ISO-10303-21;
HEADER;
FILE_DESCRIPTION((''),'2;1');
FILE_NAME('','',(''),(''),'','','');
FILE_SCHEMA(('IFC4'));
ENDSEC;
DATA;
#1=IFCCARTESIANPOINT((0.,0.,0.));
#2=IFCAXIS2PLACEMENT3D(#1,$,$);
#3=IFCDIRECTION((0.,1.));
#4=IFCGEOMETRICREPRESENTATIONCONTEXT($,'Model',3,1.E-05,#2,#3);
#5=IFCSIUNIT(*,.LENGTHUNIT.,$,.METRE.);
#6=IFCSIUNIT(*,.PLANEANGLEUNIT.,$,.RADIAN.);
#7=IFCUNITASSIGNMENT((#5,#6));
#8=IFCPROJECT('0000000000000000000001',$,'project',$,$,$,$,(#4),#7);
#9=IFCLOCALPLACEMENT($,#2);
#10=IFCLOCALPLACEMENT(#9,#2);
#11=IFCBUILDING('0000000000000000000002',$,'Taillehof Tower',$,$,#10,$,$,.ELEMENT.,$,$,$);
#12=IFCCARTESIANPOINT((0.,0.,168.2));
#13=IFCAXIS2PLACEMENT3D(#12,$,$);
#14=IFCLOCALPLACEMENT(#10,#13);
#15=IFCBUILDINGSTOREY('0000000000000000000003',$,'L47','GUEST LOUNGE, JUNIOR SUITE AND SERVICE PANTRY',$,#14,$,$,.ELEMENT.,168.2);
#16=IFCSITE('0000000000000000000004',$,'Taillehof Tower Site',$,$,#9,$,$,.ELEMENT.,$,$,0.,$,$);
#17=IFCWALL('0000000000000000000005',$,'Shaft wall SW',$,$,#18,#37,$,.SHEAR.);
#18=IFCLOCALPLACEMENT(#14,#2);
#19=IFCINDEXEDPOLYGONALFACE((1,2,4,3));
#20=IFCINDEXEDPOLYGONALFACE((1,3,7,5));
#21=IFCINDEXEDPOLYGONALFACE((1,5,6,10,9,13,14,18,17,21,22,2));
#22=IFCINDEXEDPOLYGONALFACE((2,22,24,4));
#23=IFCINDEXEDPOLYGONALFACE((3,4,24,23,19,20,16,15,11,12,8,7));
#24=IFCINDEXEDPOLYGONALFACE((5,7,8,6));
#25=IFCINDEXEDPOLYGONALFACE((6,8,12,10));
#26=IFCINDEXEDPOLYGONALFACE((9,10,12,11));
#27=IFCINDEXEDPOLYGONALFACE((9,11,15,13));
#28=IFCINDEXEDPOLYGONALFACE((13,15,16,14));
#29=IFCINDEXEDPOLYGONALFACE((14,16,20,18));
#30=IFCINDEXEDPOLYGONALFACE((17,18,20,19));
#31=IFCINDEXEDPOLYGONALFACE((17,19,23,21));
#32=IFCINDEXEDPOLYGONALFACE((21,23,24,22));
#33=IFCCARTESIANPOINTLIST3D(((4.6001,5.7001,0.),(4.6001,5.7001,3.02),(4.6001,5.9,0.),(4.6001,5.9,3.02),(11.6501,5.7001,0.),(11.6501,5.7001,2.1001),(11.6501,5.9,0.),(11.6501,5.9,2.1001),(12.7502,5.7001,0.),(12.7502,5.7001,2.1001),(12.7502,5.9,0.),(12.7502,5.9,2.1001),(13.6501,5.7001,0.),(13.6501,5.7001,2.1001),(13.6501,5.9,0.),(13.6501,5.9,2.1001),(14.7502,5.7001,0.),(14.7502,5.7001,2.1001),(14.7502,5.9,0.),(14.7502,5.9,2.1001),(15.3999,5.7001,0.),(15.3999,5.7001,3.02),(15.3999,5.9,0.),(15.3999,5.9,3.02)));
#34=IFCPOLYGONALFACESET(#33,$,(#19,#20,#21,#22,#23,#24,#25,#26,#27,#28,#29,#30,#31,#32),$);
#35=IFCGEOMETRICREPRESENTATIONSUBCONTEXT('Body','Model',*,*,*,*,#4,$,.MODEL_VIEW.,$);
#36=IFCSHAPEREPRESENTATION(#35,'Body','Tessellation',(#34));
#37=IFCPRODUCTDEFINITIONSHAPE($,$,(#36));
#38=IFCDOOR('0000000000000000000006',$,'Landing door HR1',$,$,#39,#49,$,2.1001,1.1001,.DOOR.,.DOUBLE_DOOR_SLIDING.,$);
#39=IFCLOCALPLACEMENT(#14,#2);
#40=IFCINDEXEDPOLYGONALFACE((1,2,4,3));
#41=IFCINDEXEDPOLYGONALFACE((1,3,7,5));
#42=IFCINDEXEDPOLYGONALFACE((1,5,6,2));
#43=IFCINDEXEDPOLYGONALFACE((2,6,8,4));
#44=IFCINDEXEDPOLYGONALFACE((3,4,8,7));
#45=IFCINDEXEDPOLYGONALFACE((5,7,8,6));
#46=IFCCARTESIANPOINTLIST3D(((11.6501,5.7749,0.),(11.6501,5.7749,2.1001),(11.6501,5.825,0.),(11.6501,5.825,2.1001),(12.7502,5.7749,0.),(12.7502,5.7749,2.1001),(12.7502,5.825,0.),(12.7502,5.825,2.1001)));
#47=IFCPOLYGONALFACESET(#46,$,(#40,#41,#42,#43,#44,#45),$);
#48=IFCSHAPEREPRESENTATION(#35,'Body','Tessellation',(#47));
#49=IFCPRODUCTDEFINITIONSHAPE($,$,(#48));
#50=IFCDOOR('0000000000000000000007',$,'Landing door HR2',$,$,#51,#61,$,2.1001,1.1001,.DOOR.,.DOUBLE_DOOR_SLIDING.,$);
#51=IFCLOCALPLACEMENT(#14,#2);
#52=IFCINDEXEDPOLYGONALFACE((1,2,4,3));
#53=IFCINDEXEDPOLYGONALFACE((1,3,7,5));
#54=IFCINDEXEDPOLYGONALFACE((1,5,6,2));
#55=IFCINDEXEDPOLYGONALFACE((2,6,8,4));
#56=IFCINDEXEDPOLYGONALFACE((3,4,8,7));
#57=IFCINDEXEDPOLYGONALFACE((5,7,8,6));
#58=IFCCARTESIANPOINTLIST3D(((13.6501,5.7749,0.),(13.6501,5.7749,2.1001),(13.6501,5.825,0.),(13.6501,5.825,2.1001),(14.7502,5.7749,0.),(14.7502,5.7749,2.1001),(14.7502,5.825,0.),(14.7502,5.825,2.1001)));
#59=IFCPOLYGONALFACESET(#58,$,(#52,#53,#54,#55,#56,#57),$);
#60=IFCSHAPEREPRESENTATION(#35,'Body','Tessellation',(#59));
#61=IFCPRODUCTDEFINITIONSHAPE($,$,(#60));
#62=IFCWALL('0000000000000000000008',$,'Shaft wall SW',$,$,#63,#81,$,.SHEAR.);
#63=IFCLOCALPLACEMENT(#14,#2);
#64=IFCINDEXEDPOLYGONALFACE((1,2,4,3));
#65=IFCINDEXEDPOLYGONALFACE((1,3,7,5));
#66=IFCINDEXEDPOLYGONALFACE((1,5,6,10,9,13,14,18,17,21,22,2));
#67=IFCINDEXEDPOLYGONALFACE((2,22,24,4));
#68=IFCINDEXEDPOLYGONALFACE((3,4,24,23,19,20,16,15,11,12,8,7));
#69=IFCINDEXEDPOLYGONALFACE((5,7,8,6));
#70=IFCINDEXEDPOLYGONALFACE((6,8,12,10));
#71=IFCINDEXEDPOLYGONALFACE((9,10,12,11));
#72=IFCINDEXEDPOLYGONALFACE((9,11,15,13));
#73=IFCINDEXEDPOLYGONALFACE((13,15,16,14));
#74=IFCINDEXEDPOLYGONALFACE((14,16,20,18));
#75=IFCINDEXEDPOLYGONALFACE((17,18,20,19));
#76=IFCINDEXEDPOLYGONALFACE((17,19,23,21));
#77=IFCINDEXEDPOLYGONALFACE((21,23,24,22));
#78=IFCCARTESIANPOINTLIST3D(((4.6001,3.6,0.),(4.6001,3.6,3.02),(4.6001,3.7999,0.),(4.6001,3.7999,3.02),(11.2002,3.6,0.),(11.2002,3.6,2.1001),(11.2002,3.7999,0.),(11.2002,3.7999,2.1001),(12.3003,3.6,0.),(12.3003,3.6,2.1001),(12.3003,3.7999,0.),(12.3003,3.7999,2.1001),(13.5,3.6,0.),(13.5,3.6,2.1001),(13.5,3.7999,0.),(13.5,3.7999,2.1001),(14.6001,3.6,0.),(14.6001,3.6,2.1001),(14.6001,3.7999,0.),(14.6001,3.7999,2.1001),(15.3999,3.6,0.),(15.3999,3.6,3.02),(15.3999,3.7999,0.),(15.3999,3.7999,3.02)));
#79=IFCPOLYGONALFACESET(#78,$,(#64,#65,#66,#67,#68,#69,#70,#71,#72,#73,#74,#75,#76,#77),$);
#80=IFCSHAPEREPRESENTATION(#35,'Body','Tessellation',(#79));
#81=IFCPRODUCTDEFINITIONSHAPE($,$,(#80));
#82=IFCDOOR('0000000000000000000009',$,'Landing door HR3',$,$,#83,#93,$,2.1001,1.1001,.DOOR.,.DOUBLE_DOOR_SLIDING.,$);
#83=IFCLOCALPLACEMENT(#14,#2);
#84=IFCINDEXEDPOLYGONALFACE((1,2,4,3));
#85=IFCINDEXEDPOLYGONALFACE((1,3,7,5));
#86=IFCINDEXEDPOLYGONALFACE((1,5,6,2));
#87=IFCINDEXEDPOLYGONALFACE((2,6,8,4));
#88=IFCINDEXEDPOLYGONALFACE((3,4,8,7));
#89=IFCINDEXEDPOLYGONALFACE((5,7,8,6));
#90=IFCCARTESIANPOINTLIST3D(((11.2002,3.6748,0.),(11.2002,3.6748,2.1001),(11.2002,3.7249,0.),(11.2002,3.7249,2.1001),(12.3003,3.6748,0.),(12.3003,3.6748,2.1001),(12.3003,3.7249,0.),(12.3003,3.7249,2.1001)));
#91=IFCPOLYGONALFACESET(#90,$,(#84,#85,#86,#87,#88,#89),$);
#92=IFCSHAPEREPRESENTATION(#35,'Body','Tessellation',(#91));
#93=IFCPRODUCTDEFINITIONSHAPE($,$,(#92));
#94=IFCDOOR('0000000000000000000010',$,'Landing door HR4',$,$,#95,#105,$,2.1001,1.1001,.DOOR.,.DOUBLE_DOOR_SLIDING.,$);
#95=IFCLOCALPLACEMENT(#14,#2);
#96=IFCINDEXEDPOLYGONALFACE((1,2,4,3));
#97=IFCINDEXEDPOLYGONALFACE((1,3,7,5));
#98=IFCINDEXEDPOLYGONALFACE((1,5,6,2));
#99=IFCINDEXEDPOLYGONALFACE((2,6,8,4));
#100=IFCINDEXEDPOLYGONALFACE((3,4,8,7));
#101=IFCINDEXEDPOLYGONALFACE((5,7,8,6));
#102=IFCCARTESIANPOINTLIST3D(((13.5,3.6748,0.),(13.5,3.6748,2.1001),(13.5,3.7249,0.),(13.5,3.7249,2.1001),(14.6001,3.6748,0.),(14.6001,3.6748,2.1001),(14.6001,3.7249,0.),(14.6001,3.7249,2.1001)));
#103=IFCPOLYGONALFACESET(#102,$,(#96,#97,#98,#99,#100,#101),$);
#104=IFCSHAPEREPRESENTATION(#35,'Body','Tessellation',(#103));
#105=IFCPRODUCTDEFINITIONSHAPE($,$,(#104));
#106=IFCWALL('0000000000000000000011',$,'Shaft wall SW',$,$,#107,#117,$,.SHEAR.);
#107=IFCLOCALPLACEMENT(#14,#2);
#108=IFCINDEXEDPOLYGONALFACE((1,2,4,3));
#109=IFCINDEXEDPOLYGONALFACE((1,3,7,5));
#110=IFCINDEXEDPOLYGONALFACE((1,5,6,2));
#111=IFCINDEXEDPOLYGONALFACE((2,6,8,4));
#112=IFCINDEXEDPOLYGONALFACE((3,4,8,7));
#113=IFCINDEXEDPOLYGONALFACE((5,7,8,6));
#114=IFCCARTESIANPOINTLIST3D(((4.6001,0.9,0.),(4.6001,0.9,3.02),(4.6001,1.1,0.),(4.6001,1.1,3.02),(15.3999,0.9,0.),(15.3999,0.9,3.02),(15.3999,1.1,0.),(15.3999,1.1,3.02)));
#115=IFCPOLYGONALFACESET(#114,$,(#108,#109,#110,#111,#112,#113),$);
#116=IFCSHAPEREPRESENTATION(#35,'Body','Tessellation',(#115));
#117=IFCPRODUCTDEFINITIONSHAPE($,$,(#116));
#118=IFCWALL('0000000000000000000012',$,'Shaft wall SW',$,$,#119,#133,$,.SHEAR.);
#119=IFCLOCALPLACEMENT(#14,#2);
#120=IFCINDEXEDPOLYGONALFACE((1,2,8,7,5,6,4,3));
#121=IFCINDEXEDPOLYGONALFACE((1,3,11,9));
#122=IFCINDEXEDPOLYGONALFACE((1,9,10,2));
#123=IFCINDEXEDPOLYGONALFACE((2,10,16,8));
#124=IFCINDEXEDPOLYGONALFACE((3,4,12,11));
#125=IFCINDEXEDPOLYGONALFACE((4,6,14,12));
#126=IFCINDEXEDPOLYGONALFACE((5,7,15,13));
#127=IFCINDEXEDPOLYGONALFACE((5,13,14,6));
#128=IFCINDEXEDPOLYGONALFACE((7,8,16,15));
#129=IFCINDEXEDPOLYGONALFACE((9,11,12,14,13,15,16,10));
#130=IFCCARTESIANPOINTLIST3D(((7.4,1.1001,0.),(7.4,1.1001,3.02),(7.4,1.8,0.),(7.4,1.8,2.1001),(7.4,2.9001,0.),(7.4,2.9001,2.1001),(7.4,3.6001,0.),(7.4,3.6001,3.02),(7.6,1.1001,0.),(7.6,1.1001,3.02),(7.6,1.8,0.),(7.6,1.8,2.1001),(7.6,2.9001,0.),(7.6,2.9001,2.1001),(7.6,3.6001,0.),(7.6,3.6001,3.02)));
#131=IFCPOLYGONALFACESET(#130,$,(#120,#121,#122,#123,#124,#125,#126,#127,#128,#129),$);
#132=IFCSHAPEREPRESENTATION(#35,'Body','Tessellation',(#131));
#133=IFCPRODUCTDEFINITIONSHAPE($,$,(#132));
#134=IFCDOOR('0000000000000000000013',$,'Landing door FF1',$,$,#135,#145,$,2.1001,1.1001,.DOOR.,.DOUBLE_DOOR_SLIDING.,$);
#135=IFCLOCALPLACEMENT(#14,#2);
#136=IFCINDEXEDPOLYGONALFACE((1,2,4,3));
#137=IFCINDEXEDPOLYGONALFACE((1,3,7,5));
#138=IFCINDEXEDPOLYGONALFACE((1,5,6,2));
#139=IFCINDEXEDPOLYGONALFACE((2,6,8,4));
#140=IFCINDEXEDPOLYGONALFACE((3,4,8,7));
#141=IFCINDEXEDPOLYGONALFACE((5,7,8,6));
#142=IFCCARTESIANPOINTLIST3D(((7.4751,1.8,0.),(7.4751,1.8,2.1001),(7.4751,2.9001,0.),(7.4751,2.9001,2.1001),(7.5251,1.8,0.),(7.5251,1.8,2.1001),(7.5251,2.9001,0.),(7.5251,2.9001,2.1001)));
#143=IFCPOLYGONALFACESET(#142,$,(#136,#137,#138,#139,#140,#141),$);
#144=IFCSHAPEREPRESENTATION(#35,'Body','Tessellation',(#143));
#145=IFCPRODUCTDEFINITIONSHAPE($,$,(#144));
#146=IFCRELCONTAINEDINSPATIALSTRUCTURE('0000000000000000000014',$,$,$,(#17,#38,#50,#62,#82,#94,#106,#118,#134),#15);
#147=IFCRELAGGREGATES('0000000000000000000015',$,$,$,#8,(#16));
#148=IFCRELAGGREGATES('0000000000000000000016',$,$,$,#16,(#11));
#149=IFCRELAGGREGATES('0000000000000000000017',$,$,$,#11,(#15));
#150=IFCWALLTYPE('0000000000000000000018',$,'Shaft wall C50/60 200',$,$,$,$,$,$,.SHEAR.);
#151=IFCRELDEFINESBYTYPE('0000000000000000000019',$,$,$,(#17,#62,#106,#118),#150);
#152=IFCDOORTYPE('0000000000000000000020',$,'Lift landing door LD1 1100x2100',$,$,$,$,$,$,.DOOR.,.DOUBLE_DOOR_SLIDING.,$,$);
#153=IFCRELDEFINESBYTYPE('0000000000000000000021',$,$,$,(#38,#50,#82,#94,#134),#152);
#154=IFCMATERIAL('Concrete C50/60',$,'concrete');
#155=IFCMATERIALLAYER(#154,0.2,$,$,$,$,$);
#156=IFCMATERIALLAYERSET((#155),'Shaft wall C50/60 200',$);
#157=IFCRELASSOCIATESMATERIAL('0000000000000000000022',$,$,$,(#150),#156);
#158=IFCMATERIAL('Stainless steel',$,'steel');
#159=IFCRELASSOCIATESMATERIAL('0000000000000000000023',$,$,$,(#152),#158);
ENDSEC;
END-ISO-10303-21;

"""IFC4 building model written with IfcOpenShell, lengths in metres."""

from ifc_helpers import new_model, si_unit, direction, frame, frame_2d, origin, place, context, subcontext, project, spatial, rectangle, extrude, material, layer, layer_set, type_object, element, fill, save


model = new_model("IFC4")

# Units and contexts
model_context = context("Model", 3, precision=1e-05, world=origin(), true_north=direction((0.0, 1.0)))
body_context = subcontext(model_context, "Body", "Model", "MODEL_VIEW")
ifc_project = project(units=[si_unit("LENGTHUNIT", "METRE"), si_unit("PLANEANGLEUNIT", "RADIAN")], contexts=[model_context])

# Site, building, storey
site_placement = place(None, origin())
site = spatial("IfcSite", under=ifc_project, at=site_placement, Name="Taillehof Tower Site", CompositionType="ELEMENT", RefElevation=0.0)
building_placement = place(site_placement, origin())
building = spatial("IfcBuilding", under=site, at=building_placement, Name="Taillehof Tower", CompositionType="ELEMENT")
storey_placement = place(building_placement, frame((0.0, 0.0, 168.2)))
storey = spatial("IfcBuildingStorey", under=building, at=storey_placement, Name="L47", Description="GUEST LOUNGE, JUNIOR SUITE AND SERVICE PANTRY", CompositionType="ELEMENT", Elevation=168.2)

# Walls, openings, doors
ifc_material_1 = material(Name="Concrete C50/60", Category="concrete")
ifc_layer_1 = layer(ifc_material_1, 0.2)
ifc_layer_set_1 = layer_set([ifc_layer_1], Name="Shaft wall C50/60 200")
wall_type_1 = type_object("IfcWallType", Name="Shaft wall C50/60 200", PredefinedType="SHEAR", material=ifc_layer_set_1)
wall_1_placement = place(storey_placement, frame((4.6001, 5.8, 0.0), z_axis=(0.0, 0.0, 1.0), x_axis=(1.0, 0.0, 0.0)))
wall_1 = element("IfcWall", 1, at=wall_1_placement, inside=storey, type_object=wall_type_1, Name="Shaft wall SW", PredefinedType="SHEAR", context=body_context, shape_type="SweptSolid", body=[
    extrude(rectangle(XDim=10.7998, YDim=0.2, at=frame_2d((5.3999, 0.0))), origin(), (0.0, 0.0, 1.0), 3.02),
])
opening_1_placement = place(wall_1_placement, frame((7.05, 0.0, 0.0)))
opening_1 = element("IfcOpeningElement", 2, at=opening_1_placement, cuts=wall_1, PredefinedType="OPENING", context=body_context, shape_type="SweptSolid", body=[
    extrude(rectangle(XDim=1.1001, YDim=2.1001, at=frame_2d((0.55, 1.05))), frame((0.0, 0.1099, 0.0), z_axis=(0.0, -1.0, 0.0), x_axis=(1.0, 0.0, 0.0)), (0.0, 0.0, 1.0), 0.22),
])
opening_2_placement = place(wall_1_placement, frame((9.05, 0.0, 0.0)))
opening_2 = element("IfcOpeningElement", 3, at=opening_2_placement, cuts=wall_1, PredefinedType="OPENING", context=body_context, shape_type="SweptSolid", body=[
    extrude(rectangle(XDim=1.1001, YDim=2.1001, at=frame_2d((0.55, 1.05))), frame((0.0, 0.1099, 0.0), z_axis=(0.0, -1.0, 0.0), x_axis=(1.0, 0.0, 0.0)), (0.0, 0.0, 1.0), 0.22),
])
ifc_material_2 = material(Name="Stainless steel", Category="steel")
door_type_1 = type_object("IfcDoorType", Name="Lift landing door LD1 1100x2100", OperationType="DOUBLE_DOOR_SLIDING", PredefinedType="DOOR", material=ifc_material_2)
door_1_placement = place(opening_1_placement, origin())
door_1 = element("IfcDoor", 4, at=door_1_placement, inside=storey, type_object=door_type_1, Name="Landing door HR1", OperationType="DOUBLE_DOOR_SLIDING", OverallHeight=2.1001, OverallWidth=1.1001, PredefinedType="DOOR", context=body_context, shape_type="SweptSolid", body=[
    extrude(rectangle(XDim=1.1001, YDim=2.1001, at=frame_2d((0.55, 1.05))), frame((0.0, 0.0249, 0.0), z_axis=(0.0, -1.0, 0.0), x_axis=(1.0, 0.0, 0.0)), (0.0, 0.0, 1.0), 0.05),
])
fill(opening_1, door_1)
door_2_placement = place(opening_2_placement, origin())
door_2 = element("IfcDoor", 5, at=door_2_placement, inside=storey, type_object=door_type_1, Name="Landing door HR2", OperationType="DOUBLE_DOOR_SLIDING", OverallHeight=2.1001, OverallWidth=1.1001, PredefinedType="DOOR", context=body_context, shape_type="SweptSolid", body=[
    extrude(rectangle(XDim=1.1001, YDim=2.1001, at=frame_2d((0.55, 1.05))), frame((0.0, 0.0249, 0.0), z_axis=(0.0, -1.0, 0.0), x_axis=(1.0, 0.0, 0.0)), (0.0, 0.0, 1.0), 0.05),
])
fill(opening_2, door_2)
wall_2_placement = place(storey_placement, frame((4.6001, 3.7, 0.0), z_axis=(0.0, 0.0, 1.0), x_axis=(1.0, 0.0, 0.0)))
wall_2 = element("IfcWall", 6, at=wall_2_placement, inside=storey, type_object=wall_type_1, Name="Shaft wall SW", PredefinedType="SHEAR", context=body_context, shape_type="SweptSolid", body=[
    extrude(rectangle(XDim=10.7998, YDim=0.2, at=frame_2d((5.3999, 0.0))), origin(), (0.0, 0.0, 1.0), 3.02),
])
opening_3_placement = place(wall_2_placement, frame((6.6001, 0.0, 0.0)))
opening_3 = element("IfcOpeningElement", 7, at=opening_3_placement, cuts=wall_2, PredefinedType="OPENING", context=body_context, shape_type="SweptSolid", body=[
    extrude(rectangle(XDim=1.1001, YDim=2.1001, at=frame_2d((0.55, 1.05))), frame((0.0, 0.1099, 0.0), z_axis=(0.0, -1.0, 0.0), x_axis=(1.0, 0.0, 0.0)), (0.0, 0.0, 1.0), 0.22),
])
opening_4_placement = place(wall_2_placement, frame((8.8999, 0.0, 0.0)))
opening_4 = element("IfcOpeningElement", 8, at=opening_4_placement, cuts=wall_2, PredefinedType="OPENING", context=body_context, shape_type="SweptSolid", body=[
    extrude(rectangle(XDim=1.1001, YDim=2.1001, at=frame_2d((0.55, 1.05))), frame((0.0, 0.1099, 0.0), z_axis=(0.0, -1.0, 0.0), x_axis=(1.0, 0.0, 0.0)), (0.0, 0.0, 1.0), 0.22),
])
door_3_placement = place(opening_3_placement, origin())
door_3 = element("IfcDoor", 9, at=door_3_placement, inside=storey, type_object=door_type_1, Name="Landing door HR3", OperationType="DOUBLE_DOOR_SLIDING", OverallHeight=2.1001, OverallWidth=1.1001, PredefinedType="DOOR", context=body_context, shape_type="SweptSolid", body=[
    extrude(rectangle(XDim=1.1001, YDim=2.1001, at=frame_2d((0.55, 1.05))), frame((0.0, 0.0249, 0.0), z_axis=(0.0, -1.0, 0.0), x_axis=(1.0, 0.0, 0.0)), (0.0, 0.0, 1.0), 0.05),
])
fill(opening_3, door_3)
door_4_placement = place(opening_4_placement, origin())
door_4 = element("IfcDoor", 10, at=door_4_placement, inside=storey, type_object=door_type_1, Name="Landing door HR4", OperationType="DOUBLE_DOOR_SLIDING", OverallHeight=2.1001, OverallWidth=1.1001, PredefinedType="DOOR", context=body_context, shape_type="SweptSolid", body=[
    extrude(rectangle(XDim=1.1001, YDim=2.1001, at=frame_2d((0.55, 1.05))), frame((0.0, 0.0249, 0.0), z_axis=(0.0, -1.0, 0.0), x_axis=(1.0, 0.0, 0.0)), (0.0, 0.0, 1.0), 0.05),
])
fill(opening_4, door_4)

# Wall
wall_3_placement = place(storey_placement, frame((4.6001, 1.0, 0.0), z_axis=(0.0, 0.0, 1.0), x_axis=(1.0, 0.0, 0.0)))
element("IfcWall", 11, at=wall_3_placement, inside=storey, type_object=wall_type_1, Name="Shaft wall SW", PredefinedType="SHEAR", context=body_context, shape_type="SweptSolid", body=[
    extrude(rectangle(XDim=10.7998, YDim=0.2, at=frame_2d((5.3999, 0.0))), origin(), (0.0, 0.0, 1.0), 3.02),
])

# Wall, opening, door
wall_4_placement = place(storey_placement, frame((7.5, 1.1001, 0.0), z_axis=(0.0, 0.0, 1.0), x_axis=(0.0, 1.0, 0.0)))
wall_4 = element("IfcWall", 12, at=wall_4_placement, inside=storey, type_object=wall_type_1, Name="Shaft wall SW", PredefinedType="SHEAR", context=body_context, shape_type="SweptSolid", body=[
    extrude(rectangle(XDim=2.5, YDim=0.2, at=frame_2d((1.25, 0.0))), origin(), (0.0, 0.0, 1.0), 3.02),
])
opening_5_placement = place(wall_4_placement, frame((0.7, 0.0, 0.0)))
opening_5 = element("IfcOpeningElement", 13, at=opening_5_placement, cuts=wall_4, PredefinedType="OPENING", context=body_context, shape_type="SweptSolid", body=[
    extrude(rectangle(XDim=1.1001, YDim=2.1001, at=frame_2d((0.55, 1.05))), frame((0.0, 0.1099, 0.0), z_axis=(0.0, -1.0, 0.0), x_axis=(1.0, 0.0, 0.0)), (0.0, 0.0, 1.0), 0.22),
])
door_5_placement = place(opening_5_placement, origin())
door_5 = element("IfcDoor", 14, at=door_5_placement, inside=storey, type_object=door_type_1, Name="Landing door FF1", OperationType="DOUBLE_DOOR_SLIDING", OverallHeight=2.1001, OverallWidth=1.1001, PredefinedType="DOOR", context=body_context, shape_type="SweptSolid", body=[
    extrude(rectangle(XDim=1.1001, YDim=2.1001, at=frame_2d((0.55, 1.05))), frame((0.0, 0.0249, 0.0), z_axis=(0.0, -1.0, 0.0), x_axis=(1.0, 0.0, 0.0)), (0.0, 0.0, 1.0), 0.05),
])
fill(opening_5, door_5)

save(model, "model.ifc")
